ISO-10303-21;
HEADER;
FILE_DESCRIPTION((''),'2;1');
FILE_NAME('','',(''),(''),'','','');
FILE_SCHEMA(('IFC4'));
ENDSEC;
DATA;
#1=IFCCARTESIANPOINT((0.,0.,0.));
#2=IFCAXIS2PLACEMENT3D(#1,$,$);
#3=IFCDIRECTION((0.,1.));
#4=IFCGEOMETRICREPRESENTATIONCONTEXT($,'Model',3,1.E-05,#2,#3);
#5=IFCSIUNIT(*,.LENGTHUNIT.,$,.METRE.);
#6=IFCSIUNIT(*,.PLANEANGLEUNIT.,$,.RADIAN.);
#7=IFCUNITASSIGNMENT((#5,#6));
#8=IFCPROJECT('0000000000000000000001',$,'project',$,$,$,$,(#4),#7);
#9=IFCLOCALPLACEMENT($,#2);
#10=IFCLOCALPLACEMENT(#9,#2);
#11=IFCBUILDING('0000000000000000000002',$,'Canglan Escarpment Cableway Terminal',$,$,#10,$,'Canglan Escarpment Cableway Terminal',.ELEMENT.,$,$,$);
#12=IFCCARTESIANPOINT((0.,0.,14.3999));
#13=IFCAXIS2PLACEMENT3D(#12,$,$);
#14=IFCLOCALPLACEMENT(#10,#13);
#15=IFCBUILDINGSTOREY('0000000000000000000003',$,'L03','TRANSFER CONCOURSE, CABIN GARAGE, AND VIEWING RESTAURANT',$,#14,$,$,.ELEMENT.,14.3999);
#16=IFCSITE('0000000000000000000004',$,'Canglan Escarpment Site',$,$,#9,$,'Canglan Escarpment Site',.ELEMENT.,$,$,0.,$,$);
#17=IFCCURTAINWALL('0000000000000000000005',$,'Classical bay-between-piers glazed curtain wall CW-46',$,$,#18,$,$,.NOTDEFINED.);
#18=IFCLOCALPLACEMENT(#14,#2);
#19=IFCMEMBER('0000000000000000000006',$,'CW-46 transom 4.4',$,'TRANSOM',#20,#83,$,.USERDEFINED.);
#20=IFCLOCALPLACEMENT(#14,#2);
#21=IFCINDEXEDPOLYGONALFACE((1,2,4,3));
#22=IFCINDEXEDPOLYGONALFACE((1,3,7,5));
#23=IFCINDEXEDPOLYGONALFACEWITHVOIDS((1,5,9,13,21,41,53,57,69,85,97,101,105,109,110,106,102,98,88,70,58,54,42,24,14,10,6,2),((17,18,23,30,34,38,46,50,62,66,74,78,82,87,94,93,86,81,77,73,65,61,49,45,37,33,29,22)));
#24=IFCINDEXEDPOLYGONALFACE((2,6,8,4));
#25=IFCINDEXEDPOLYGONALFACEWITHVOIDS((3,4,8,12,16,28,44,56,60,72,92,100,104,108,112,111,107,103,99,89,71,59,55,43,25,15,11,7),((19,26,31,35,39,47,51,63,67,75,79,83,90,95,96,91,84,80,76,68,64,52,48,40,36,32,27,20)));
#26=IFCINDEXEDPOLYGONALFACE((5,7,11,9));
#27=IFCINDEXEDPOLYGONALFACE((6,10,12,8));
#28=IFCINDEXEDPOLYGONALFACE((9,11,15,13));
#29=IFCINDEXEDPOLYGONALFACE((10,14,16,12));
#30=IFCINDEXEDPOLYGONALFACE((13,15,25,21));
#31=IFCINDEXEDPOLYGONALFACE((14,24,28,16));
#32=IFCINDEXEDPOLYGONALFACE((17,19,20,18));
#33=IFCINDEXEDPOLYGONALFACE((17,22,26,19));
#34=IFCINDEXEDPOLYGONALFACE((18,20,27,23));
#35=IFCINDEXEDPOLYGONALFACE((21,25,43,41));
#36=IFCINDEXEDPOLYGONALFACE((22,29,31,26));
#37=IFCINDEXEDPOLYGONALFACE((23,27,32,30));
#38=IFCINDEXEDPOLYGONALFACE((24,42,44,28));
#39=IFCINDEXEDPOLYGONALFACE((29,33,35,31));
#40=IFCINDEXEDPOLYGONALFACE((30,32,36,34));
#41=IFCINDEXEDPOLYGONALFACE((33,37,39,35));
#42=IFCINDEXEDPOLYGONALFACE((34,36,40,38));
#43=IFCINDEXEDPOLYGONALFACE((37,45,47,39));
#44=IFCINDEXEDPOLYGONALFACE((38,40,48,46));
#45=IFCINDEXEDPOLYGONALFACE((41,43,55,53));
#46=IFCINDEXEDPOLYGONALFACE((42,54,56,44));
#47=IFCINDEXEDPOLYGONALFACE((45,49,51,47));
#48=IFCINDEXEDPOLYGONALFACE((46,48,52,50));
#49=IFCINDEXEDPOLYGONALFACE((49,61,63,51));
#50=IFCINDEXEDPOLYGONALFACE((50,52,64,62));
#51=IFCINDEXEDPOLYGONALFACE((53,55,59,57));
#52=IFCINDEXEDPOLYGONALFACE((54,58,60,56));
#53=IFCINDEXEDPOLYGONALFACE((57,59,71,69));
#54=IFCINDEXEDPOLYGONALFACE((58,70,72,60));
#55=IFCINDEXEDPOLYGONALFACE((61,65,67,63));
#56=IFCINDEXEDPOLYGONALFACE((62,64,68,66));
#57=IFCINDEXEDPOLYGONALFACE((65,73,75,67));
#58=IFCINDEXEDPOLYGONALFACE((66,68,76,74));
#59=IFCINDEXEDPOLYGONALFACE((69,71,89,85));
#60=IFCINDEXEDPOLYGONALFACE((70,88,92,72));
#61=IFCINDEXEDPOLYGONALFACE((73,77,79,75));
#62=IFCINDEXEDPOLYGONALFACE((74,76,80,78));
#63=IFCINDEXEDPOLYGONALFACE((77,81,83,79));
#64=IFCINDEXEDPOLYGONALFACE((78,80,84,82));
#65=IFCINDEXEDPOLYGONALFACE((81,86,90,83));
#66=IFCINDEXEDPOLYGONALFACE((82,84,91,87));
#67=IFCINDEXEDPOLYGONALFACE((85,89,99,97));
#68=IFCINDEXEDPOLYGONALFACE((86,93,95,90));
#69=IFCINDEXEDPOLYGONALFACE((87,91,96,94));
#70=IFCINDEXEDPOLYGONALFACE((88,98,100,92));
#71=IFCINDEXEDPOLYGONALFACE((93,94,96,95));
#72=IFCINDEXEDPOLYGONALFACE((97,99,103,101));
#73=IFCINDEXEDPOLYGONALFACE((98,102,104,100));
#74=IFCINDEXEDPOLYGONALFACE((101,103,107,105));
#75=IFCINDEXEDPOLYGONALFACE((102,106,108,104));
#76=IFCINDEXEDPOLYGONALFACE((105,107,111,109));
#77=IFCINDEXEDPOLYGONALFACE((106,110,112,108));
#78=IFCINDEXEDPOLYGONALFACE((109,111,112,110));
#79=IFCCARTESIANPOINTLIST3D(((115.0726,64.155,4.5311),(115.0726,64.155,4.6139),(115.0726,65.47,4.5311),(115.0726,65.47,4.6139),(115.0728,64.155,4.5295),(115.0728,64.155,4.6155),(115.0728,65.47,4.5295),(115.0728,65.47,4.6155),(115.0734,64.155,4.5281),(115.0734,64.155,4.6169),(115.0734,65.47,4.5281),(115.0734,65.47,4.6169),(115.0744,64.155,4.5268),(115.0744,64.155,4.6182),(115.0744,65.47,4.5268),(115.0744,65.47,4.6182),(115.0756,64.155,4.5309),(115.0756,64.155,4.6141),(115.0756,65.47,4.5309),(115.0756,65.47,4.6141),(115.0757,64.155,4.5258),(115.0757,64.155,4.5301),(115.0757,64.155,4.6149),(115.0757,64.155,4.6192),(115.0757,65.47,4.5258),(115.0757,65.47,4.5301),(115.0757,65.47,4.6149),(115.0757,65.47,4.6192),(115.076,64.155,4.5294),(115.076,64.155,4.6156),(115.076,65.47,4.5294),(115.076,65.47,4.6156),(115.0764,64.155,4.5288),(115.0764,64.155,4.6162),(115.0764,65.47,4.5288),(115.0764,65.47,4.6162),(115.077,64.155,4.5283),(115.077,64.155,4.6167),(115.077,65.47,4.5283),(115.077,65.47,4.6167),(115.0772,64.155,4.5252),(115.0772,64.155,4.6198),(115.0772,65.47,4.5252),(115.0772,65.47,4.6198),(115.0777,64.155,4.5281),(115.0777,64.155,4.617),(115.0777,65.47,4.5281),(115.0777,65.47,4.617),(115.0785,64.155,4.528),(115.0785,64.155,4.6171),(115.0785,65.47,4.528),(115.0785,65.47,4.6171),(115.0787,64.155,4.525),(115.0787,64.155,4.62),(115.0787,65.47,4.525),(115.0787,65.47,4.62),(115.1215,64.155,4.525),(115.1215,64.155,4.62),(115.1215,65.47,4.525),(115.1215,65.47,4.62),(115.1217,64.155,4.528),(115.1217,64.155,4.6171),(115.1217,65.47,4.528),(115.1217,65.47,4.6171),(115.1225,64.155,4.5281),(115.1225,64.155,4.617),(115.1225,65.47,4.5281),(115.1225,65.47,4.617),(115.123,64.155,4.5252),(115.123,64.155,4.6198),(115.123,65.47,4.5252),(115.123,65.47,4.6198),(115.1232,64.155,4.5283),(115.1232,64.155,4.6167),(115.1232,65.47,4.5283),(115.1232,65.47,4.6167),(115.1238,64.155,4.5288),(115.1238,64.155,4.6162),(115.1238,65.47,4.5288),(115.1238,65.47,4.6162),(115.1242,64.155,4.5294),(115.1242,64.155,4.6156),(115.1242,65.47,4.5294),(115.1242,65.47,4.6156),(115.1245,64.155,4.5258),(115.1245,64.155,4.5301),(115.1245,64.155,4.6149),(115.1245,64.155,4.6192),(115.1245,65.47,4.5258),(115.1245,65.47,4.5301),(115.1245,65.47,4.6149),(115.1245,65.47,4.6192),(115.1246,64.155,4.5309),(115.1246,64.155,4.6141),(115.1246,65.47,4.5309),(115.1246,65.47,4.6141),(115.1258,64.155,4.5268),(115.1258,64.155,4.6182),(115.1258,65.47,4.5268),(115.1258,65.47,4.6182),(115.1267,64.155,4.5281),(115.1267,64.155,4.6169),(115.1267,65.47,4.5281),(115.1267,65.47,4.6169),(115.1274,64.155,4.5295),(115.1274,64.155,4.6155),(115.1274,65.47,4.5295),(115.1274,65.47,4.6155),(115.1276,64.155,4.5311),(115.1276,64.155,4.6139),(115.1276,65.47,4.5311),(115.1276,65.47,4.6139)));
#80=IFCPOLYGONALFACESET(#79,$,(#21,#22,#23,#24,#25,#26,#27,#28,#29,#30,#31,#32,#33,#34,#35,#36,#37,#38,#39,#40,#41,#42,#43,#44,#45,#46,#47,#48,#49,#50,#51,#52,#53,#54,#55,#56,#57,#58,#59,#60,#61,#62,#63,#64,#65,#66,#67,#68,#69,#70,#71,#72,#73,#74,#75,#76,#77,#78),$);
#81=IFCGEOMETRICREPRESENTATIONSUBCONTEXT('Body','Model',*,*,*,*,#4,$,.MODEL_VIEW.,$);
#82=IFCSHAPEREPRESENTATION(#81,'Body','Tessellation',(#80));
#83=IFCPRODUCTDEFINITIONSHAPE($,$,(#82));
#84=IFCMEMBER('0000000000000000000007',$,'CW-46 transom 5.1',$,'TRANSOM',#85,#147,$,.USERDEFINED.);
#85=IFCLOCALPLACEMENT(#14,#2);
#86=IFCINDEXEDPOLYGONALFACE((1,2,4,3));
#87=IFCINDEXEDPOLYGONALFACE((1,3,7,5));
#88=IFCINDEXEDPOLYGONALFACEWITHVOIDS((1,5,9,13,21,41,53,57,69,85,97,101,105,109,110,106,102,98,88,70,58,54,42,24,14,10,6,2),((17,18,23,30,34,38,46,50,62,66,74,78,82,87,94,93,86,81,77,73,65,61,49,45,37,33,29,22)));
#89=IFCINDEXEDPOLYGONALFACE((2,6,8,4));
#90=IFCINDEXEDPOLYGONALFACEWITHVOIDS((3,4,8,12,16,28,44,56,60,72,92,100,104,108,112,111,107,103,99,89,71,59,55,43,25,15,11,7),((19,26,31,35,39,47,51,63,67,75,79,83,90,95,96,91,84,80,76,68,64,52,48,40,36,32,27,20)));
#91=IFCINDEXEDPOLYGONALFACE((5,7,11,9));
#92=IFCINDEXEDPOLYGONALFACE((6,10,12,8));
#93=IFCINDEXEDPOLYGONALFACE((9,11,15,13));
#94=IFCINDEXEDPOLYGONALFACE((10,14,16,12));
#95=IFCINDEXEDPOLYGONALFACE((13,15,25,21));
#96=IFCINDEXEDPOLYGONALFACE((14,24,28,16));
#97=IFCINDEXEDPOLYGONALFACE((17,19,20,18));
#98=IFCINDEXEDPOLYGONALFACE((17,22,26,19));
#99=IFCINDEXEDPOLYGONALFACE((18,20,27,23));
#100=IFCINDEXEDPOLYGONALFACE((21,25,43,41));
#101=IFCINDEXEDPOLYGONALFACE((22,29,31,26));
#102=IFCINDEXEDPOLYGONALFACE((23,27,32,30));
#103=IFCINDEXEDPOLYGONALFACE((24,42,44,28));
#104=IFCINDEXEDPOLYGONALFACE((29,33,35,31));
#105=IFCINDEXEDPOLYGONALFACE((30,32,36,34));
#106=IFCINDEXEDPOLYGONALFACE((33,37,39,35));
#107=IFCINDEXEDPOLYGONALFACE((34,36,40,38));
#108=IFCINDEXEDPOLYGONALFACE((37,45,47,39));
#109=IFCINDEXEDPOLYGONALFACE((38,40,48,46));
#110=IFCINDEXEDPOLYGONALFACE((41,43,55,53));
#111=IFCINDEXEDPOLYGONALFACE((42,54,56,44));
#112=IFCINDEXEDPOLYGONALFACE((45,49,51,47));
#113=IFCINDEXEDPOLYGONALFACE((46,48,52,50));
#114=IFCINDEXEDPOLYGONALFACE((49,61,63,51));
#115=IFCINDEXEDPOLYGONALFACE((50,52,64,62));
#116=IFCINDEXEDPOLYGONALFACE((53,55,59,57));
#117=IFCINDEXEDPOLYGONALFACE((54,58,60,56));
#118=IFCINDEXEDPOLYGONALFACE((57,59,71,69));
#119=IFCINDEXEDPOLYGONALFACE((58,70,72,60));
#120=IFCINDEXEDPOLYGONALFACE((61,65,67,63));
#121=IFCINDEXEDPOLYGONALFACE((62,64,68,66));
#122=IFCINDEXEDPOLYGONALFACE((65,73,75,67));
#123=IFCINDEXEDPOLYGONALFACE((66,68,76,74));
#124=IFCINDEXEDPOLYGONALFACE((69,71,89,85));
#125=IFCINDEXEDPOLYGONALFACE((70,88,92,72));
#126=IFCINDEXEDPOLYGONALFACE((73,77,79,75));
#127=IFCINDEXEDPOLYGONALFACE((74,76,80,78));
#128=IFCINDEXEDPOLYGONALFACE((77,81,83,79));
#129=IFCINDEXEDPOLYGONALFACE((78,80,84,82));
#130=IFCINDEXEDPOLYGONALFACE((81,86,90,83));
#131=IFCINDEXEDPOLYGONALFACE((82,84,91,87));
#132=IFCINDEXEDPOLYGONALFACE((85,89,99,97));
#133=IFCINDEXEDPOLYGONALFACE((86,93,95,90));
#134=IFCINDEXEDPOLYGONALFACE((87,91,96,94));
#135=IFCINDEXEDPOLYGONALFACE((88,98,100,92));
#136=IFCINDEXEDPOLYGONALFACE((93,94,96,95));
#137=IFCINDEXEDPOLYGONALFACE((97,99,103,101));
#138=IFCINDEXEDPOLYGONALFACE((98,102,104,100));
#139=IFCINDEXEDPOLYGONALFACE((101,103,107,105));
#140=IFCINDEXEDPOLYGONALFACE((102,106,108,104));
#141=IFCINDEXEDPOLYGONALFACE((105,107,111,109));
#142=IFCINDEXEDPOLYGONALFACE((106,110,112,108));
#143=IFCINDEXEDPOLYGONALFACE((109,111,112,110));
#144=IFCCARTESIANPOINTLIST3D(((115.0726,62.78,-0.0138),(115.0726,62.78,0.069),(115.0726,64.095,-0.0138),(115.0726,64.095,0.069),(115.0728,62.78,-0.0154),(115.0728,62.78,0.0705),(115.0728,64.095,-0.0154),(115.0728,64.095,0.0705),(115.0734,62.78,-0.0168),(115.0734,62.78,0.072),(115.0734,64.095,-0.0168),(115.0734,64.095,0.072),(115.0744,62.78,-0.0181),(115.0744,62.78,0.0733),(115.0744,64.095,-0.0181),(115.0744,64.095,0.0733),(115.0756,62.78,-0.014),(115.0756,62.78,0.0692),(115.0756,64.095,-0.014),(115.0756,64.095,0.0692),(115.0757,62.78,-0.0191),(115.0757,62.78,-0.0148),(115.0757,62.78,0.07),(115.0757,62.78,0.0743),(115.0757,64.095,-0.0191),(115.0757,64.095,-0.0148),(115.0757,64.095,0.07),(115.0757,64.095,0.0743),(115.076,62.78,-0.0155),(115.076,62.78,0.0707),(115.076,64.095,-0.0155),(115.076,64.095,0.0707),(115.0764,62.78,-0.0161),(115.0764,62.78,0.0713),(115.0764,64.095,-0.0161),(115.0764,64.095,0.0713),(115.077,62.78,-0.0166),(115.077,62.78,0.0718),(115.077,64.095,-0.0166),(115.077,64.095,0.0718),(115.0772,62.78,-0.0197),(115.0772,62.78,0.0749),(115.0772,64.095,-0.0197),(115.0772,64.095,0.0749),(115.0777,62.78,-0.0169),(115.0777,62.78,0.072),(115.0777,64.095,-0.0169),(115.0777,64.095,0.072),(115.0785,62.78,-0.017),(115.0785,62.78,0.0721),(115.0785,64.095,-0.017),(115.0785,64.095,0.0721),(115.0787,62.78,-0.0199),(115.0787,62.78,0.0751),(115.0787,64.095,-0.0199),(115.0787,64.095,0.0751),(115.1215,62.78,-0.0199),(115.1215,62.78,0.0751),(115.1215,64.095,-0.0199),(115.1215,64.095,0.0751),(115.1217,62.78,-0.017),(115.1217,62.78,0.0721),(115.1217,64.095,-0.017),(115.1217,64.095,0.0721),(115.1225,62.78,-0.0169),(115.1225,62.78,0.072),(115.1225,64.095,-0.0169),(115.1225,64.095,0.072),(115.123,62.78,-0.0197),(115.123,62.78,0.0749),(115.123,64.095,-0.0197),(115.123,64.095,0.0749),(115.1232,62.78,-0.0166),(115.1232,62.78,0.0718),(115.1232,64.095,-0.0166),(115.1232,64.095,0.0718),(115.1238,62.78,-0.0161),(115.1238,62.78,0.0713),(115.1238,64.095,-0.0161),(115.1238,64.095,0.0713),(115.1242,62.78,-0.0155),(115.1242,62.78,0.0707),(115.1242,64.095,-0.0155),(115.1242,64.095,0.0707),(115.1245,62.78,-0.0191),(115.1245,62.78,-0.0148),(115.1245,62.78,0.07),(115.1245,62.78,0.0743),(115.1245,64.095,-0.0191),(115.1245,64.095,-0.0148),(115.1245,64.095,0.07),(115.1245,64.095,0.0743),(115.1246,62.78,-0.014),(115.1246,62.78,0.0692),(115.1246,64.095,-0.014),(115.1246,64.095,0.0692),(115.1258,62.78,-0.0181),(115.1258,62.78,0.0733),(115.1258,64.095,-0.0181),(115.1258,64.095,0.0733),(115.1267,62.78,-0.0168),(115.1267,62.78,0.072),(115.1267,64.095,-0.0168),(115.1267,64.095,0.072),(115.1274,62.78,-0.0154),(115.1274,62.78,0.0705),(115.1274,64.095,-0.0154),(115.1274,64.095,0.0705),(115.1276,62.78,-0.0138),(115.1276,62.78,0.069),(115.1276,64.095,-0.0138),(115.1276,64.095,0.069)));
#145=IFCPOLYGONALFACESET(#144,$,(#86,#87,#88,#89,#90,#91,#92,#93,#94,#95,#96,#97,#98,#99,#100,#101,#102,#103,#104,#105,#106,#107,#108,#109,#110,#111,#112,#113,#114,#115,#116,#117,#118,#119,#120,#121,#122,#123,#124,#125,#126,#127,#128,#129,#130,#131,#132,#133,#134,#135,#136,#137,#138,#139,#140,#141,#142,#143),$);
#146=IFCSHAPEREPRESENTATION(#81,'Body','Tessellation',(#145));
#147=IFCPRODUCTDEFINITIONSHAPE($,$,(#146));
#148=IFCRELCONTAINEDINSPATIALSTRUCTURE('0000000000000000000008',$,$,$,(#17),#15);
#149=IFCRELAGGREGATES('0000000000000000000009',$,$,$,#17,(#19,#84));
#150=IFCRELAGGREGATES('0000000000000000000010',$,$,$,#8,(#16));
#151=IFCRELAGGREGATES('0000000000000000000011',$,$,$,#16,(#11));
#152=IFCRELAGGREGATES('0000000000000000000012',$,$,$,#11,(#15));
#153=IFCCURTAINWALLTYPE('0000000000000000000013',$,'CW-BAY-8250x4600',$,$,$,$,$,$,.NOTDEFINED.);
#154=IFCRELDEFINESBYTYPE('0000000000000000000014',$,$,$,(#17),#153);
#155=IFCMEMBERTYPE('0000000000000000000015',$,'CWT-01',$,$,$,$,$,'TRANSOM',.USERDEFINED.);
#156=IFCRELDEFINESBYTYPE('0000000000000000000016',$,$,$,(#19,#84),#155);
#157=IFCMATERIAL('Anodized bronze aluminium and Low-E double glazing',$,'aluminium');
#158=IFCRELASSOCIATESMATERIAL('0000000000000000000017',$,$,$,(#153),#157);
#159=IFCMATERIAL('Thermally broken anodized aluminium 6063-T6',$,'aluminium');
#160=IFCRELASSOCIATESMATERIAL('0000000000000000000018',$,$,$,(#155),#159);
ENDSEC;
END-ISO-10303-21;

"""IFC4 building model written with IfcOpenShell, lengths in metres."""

from ifc_helpers import new_model, si_unit, direction, frame, origin, origin_2d, place, context, subcontext, project, spatial, hollow_rectangle, extrude, material, material_profile, profile_set, type_object, element, aggregate, save


model = new_model("IFC4")

# Units and contexts
model_context = context("Model", 3, precision=1e-05, world=origin(), true_north=direction((0.0, 1.0)))
body_context = subcontext(model_context, "Body", "Model", "MODEL_VIEW")
ifc_project = project(units=[si_unit("LENGTHUNIT", "METRE"), si_unit("PLANEANGLEUNIT", "RADIAN")], contexts=[model_context])

# Site, building, storey
site_placement = place(None, origin())
site = spatial("IfcSite", under=ifc_project, at=site_placement, Name="Canglan Escarpment Site", LongName="Canglan Escarpment Site", CompositionType="ELEMENT", RefElevation=0.0)
building_placement = place(site_placement, origin())
building = spatial("IfcBuilding", under=site, at=building_placement, Name="Canglan Escarpment Cableway Terminal", LongName="Canglan Escarpment Cableway Terminal", CompositionType="ELEMENT")
storey_placement = place(building_placement, frame((0.0, 0.0, 14.3999)))
storey = spatial("IfcBuildingStorey", under=building, at=storey_placement, Name="L03", Description="TRANSFER CONCOURSE, CABIN GARAGE, AND VIEWING RESTAURANT", CompositionType="ELEMENT", Elevation=14.3999)

# Curtain wall, members
ifc_material_1 = material(Name="Anodized bronze aluminium and Low-E double glazing", Category="aluminium")
curtain_wall_type = type_object("IfcCurtainWallType", Name="CW-BAY-8250x4600", PredefinedType="NOTDEFINED", material=ifc_material_1)
curtain_wall_placement = place(storey_placement, origin())
curtain_wall = element("IfcCurtainWall", 1, at=curtain_wall_placement, inside=storey, type_object=curtain_wall_type, Name="Classical bay-between-piers glazed curtain wall CW-46", PredefinedType="NOTDEFINED")
ifc_material_2 = material(Name="Thermally broken anodized aluminium 6063-T6", Category="aluminium")
ifc_material_profile_1 = material_profile(ifc_material_2, hollow_rectangle(XDim=0.0549, YDim=0.095, WallThickness=0.0029, InnerFilletRadius=0.0029, OuterFilletRadius=0.0061, at=origin_2d()), Name="ALU-TRAN 55x95x3")
ifc_profile_set_1 = profile_set([ifc_material_profile_1], Name="Thermally broken anodized aluminium 6063-T6")
member_type_1 = type_object("IfcMemberType", Name="CWT-01", ElementType="TRANSOM", PredefinedType="USERDEFINED", material=ifc_profile_set_1)
member_1_placement = place(storey_placement, frame((115.1001, 65.47, 4.5725), z_axis=(0.0, -1.0, 0.0), x_axis=(1.0, 0.0, 0.0)))
member_1 = element("IfcMember", 2, at=member_1_placement, type_object=member_type_1, Name="CW-46 transom 4.4", ObjectType="TRANSOM", PredefinedType="USERDEFINED", context=body_context, shape_type="SweptSolid", body=[
    extrude(hollow_rectangle(XDim=0.0549, YDim=0.095, WallThickness=0.0029, InnerFilletRadius=0.0029, OuterFilletRadius=0.0061, at=origin_2d()), origin(), (0.0, 0.0, 1.0), 1.3149),
])
member_2_placement = place(storey_placement, frame((115.1001, 64.095, 0.0276), z_axis=(0.0, -1.0, 0.0), x_axis=(1.0, 0.0, 0.0)))
member_2 = element("IfcMember", 3, at=member_2_placement, type_object=member_type_1, Name="CW-46 transom 5.1", ObjectType="TRANSOM", PredefinedType="USERDEFINED", context=body_context, shape_type="SweptSolid", body=[
    extrude(hollow_rectangle(XDim=0.0549, YDim=0.095, WallThickness=0.0029, InnerFilletRadius=0.0029, OuterFilletRadius=0.0061, at=origin_2d()), origin(), (0.0, 0.0, 1.0), 1.3149),
])
aggregate(curtain_wall, [member_1, member_2])

save(model, "model.ifc")
